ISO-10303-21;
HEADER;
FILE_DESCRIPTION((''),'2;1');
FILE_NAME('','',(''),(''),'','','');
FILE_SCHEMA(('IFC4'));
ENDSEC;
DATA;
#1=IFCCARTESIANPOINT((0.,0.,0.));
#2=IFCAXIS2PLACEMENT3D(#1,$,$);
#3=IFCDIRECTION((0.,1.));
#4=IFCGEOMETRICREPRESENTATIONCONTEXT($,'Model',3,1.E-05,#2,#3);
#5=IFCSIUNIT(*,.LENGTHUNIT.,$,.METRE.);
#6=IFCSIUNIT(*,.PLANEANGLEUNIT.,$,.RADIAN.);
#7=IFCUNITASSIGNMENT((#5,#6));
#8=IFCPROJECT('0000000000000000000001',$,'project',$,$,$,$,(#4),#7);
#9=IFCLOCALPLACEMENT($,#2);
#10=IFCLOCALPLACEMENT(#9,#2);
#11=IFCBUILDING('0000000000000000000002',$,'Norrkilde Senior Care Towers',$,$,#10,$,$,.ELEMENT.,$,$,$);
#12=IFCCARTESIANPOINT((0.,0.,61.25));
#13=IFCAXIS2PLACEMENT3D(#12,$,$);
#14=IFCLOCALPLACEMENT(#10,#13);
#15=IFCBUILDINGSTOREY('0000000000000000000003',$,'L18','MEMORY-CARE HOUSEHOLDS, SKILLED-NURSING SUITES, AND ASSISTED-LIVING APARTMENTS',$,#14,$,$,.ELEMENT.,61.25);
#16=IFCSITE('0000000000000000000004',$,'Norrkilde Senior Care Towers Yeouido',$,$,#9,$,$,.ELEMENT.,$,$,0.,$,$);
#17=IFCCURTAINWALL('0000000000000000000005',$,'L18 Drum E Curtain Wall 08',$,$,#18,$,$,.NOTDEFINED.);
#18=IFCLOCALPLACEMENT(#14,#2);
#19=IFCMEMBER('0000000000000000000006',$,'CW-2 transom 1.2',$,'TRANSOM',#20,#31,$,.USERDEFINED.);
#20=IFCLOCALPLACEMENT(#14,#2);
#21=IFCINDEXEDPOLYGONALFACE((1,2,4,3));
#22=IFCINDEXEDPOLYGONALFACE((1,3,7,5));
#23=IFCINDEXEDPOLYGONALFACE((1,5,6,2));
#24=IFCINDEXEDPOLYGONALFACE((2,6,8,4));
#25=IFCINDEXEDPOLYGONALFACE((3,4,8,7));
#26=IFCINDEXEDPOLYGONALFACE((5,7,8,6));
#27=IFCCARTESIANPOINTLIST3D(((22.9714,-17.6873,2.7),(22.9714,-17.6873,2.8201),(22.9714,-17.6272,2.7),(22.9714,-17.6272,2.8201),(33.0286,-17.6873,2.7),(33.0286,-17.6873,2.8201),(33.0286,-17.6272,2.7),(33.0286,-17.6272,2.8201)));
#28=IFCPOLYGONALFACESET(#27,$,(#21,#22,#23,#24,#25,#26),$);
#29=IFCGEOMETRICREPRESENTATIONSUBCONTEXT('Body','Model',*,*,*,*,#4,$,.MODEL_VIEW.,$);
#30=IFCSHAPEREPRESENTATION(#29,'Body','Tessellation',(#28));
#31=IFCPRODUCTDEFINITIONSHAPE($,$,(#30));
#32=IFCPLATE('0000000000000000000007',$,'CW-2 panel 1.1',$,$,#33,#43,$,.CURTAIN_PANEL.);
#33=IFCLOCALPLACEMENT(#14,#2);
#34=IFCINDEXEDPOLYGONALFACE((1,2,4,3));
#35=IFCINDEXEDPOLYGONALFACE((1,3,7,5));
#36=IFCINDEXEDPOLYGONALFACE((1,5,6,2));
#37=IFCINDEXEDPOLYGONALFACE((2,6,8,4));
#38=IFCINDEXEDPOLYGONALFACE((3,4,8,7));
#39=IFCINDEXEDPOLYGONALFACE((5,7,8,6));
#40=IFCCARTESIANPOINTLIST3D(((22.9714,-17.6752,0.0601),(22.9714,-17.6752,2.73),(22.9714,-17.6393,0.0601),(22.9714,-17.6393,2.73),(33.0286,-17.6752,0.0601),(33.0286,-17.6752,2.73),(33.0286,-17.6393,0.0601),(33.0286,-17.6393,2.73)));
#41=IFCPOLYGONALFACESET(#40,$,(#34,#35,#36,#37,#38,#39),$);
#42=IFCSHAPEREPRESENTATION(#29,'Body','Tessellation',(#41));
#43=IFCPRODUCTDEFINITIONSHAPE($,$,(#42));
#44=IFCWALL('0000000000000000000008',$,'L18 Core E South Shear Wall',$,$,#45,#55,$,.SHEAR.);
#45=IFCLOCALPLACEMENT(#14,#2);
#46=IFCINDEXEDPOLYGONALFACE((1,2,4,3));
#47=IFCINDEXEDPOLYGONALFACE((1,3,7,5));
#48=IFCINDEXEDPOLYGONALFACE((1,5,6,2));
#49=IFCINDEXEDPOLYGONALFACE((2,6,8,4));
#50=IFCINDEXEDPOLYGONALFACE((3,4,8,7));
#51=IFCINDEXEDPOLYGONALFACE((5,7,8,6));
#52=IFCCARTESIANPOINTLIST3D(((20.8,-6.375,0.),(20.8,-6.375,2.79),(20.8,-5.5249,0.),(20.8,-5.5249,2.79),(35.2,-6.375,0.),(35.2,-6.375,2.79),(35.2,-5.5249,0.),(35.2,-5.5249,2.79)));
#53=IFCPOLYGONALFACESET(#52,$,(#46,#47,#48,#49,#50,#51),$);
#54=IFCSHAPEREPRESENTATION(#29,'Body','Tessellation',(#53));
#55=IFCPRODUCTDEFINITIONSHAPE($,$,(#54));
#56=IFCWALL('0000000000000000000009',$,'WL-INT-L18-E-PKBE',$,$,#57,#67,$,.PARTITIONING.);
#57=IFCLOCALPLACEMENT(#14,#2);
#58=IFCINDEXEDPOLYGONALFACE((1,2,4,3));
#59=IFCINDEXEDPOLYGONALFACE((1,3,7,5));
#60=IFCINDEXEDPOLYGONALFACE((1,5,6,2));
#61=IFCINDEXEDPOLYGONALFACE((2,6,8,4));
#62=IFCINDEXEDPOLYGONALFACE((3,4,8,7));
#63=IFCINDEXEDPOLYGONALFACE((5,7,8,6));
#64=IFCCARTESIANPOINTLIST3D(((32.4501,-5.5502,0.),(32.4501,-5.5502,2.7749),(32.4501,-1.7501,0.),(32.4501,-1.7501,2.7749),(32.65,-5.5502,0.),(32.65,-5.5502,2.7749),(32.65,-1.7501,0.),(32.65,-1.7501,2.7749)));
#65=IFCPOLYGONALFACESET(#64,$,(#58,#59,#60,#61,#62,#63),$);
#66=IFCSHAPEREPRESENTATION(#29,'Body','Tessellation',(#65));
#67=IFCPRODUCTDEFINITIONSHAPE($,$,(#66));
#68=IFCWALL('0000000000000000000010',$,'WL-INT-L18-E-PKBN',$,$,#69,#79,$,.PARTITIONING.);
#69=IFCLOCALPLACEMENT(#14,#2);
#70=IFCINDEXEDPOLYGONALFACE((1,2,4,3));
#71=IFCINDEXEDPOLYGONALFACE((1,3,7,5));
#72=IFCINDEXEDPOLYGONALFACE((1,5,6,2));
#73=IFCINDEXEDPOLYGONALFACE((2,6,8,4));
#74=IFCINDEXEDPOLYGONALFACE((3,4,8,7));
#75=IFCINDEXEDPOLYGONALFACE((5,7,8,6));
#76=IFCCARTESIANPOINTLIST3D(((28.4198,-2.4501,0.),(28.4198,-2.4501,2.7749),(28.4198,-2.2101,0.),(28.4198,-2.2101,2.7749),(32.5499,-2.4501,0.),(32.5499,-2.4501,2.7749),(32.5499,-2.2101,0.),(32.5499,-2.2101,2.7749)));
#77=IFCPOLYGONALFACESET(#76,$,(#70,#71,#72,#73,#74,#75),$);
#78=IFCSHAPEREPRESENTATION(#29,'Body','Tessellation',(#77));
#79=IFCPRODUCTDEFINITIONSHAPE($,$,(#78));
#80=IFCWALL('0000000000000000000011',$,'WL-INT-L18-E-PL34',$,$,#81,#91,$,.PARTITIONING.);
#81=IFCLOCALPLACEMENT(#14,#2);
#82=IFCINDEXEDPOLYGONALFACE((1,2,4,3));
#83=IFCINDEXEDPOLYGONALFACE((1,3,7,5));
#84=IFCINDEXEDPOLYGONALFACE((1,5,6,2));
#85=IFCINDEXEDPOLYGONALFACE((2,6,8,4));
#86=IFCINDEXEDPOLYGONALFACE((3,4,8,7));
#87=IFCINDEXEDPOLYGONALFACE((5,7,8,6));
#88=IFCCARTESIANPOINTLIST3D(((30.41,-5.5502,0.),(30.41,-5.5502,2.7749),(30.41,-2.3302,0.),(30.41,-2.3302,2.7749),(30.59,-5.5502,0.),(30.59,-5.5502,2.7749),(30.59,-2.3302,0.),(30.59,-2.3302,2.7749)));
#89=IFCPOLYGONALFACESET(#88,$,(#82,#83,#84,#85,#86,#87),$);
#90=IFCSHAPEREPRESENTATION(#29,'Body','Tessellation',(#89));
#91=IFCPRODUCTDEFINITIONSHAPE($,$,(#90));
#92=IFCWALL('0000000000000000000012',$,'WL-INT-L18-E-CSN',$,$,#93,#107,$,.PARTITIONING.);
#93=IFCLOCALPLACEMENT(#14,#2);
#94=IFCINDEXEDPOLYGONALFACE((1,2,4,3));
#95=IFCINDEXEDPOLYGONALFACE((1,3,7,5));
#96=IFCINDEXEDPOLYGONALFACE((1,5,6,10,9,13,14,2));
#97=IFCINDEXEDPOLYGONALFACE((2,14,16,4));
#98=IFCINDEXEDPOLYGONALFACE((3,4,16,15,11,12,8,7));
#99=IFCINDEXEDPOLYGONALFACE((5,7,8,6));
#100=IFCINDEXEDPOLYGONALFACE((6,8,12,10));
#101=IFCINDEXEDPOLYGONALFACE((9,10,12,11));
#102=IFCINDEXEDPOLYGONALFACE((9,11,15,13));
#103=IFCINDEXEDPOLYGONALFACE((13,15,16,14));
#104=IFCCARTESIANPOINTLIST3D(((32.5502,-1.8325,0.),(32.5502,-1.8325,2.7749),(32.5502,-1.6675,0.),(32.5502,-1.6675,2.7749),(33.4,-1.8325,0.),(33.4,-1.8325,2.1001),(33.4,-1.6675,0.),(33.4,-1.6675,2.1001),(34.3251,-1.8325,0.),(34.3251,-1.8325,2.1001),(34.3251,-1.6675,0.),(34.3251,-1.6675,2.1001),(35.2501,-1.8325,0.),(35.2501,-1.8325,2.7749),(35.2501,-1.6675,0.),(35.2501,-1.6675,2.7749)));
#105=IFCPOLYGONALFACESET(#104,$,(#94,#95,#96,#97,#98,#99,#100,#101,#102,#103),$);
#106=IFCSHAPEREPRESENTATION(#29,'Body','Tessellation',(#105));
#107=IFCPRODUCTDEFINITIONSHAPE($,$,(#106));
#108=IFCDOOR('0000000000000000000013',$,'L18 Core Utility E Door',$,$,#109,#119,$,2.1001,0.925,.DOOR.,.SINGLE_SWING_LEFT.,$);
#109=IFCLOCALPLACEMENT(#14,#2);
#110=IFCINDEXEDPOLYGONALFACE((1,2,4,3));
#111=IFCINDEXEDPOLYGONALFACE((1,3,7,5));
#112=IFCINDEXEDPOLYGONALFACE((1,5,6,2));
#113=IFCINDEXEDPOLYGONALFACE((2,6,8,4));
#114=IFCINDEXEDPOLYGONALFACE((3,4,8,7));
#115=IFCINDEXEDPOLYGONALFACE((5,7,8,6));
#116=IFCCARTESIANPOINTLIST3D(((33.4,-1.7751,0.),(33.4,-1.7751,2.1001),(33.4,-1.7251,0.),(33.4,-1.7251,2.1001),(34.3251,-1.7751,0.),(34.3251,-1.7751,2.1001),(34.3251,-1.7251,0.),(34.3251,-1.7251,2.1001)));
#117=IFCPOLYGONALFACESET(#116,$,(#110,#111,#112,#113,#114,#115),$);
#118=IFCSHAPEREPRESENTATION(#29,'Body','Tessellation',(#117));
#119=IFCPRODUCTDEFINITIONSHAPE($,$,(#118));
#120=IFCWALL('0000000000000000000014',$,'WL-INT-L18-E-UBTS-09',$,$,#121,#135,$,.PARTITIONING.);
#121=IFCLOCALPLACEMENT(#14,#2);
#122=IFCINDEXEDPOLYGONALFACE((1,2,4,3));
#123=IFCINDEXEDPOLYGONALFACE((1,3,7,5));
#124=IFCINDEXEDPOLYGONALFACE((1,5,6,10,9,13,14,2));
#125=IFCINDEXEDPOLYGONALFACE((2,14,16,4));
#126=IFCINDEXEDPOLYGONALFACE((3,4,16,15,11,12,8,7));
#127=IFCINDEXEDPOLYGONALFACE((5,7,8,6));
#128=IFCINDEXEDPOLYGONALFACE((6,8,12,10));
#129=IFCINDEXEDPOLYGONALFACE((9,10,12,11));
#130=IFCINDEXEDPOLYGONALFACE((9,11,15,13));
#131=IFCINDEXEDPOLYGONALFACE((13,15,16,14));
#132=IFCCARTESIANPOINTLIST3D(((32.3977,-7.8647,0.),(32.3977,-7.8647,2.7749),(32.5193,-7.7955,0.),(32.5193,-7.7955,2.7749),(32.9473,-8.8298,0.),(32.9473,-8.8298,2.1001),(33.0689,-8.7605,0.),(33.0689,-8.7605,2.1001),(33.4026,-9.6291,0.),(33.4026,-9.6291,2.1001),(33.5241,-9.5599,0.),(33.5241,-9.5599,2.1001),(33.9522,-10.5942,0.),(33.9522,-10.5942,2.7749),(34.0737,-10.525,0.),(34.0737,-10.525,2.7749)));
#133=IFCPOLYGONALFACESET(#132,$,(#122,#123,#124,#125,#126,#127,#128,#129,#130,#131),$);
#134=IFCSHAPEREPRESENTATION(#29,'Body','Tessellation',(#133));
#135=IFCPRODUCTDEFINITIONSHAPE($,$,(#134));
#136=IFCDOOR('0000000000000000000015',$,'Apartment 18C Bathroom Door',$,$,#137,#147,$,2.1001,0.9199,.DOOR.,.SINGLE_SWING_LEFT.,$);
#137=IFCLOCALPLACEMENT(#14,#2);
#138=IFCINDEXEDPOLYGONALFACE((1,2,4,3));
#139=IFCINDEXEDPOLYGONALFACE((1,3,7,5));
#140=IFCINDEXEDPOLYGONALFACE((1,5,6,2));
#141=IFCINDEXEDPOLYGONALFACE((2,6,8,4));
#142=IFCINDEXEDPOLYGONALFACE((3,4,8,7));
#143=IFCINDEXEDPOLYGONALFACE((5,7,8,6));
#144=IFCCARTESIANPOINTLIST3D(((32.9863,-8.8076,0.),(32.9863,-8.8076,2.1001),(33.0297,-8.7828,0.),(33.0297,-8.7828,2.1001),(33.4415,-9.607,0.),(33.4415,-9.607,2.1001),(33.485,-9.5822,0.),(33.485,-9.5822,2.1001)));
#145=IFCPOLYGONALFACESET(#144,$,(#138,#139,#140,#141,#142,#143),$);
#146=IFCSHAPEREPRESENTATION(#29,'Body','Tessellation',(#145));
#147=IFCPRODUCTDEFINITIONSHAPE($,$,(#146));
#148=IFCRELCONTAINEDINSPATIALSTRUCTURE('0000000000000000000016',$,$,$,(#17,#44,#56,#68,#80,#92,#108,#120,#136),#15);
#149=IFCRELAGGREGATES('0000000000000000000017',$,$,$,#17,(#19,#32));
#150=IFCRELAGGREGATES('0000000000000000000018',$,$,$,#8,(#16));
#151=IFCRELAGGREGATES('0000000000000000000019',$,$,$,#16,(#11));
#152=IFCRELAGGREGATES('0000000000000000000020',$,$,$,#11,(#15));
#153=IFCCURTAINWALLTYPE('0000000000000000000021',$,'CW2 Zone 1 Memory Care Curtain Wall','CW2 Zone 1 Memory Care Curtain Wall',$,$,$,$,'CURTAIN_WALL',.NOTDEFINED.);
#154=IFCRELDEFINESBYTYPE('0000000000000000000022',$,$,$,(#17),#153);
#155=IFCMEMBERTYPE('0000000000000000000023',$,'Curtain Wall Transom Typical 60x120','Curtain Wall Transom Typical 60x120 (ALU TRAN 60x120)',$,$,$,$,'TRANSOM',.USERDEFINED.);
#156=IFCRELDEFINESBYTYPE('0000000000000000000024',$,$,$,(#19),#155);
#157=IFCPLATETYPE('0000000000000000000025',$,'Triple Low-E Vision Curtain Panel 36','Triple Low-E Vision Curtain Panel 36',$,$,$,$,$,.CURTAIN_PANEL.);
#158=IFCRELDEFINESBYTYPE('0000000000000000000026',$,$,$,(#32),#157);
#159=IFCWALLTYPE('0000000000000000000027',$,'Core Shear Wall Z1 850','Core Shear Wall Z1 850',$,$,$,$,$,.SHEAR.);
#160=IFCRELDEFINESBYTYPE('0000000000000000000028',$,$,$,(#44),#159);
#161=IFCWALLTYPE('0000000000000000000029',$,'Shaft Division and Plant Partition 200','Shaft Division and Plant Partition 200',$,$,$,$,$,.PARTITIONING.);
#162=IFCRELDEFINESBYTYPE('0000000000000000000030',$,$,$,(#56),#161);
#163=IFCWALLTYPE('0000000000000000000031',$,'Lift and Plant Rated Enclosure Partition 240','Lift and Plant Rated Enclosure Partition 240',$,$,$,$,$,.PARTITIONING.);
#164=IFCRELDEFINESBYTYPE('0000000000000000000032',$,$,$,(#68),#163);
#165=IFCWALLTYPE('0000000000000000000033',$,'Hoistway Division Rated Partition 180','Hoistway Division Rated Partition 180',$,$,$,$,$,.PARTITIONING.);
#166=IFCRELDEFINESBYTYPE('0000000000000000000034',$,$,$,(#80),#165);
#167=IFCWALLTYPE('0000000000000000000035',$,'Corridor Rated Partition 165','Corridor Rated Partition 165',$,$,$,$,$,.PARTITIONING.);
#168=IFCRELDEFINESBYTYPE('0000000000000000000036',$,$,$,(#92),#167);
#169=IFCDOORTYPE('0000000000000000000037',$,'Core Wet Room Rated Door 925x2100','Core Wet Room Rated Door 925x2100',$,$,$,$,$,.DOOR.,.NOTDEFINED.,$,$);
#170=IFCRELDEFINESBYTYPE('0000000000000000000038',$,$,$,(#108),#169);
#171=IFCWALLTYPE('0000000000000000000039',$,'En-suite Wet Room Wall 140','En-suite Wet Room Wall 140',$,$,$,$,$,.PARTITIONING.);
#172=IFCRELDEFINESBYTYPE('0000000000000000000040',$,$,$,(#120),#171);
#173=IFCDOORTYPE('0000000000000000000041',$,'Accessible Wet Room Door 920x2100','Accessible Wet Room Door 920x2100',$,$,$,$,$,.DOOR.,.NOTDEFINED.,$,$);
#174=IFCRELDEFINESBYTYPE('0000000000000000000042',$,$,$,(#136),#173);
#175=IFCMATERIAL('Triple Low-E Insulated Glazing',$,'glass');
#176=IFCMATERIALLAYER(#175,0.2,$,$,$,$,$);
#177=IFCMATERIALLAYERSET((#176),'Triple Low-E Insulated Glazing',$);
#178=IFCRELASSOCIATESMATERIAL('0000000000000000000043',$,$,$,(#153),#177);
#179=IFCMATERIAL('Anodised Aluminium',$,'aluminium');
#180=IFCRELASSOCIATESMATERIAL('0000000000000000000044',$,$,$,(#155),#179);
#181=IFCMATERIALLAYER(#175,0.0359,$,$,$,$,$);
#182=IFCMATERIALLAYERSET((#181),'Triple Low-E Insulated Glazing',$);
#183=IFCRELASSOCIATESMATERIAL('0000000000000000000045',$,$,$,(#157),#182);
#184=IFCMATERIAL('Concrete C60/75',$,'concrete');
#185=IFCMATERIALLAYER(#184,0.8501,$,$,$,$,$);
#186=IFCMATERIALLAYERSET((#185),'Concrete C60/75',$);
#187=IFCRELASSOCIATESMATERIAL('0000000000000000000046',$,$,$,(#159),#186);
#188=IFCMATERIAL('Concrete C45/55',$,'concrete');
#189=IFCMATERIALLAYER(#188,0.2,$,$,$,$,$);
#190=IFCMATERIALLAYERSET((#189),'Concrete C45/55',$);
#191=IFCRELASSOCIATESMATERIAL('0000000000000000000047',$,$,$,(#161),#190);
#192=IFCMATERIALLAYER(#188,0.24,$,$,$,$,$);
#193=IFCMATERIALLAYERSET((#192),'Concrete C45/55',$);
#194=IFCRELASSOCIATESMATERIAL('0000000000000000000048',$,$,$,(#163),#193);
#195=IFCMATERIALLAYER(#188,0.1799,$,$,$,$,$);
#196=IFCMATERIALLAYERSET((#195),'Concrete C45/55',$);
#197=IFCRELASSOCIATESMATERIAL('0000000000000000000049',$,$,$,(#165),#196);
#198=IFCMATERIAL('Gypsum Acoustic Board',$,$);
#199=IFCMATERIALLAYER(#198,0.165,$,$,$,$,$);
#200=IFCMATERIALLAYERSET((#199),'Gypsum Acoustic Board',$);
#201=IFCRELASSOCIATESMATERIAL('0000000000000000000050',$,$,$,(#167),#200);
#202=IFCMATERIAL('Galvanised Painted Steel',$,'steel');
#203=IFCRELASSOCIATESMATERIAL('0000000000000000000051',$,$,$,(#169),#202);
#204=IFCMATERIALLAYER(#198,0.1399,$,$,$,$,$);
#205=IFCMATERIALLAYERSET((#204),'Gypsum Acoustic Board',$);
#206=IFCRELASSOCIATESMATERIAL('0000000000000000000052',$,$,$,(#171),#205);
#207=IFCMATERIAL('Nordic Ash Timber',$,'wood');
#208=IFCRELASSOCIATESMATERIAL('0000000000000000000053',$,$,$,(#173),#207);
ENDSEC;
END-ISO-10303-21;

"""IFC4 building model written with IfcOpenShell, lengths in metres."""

from ifc_helpers import new_model, si_unit, direction, frame, frame_2d, origin, origin_2d, place, context, subcontext, project, spatial, rectangle, extrude, source, transform, mapped, material, layer, layer_set, material_profile, profile_set, type_object, type_shapes, element, fill, aggregate, save


model = new_model("IFC4")

# Units and contexts
model_context = context("Model", 3, precision=1e-05, world=origin(), true_north=direction((0.0, 1.0)))
body_context = subcontext(model_context, "Body", "Model", "MODEL_VIEW")
ifc_project = project(units=[si_unit("LENGTHUNIT", "METRE"), si_unit("PLANEANGLEUNIT", "RADIAN")], contexts=[model_context])

# Site, building, storey
site_placement = place(None, origin())
site = spatial("IfcSite", under=ifc_project, at=site_placement, Name="Norrkilde Senior Care Towers Yeouido", CompositionType="ELEMENT", RefElevation=0.0)
building_placement = place(site_placement, origin())
building = spatial("IfcBuilding", under=site, at=building_placement, Name="Norrkilde Senior Care Towers", CompositionType="ELEMENT")
storey_placement = place(building_placement, frame((0.0, 0.0, 61.25)))
storey = spatial("IfcBuildingStorey", under=building, at=storey_placement, Name="L18", Description="MEMORY-CARE HOUSEHOLDS, SKILLED-NURSING SUITES, AND ASSISTED-LIVING APARTMENTS", CompositionType="ELEMENT", Elevation=61.25)

# Shared definitions
ifc_material_1 = material(Name="Concrete C60/75", Category="concrete")

# Curtain wall
ifc_material_2 = material(Name="Triple Low-E Insulated Glazing", Category="glass")
ifc_layer_1 = layer(ifc_material_2, 0.2)
ifc_layer_set_1 = layer_set([ifc_layer_1], Name="Triple Low-E Insulated Glazing")
curtain_wall_type = type_object("IfcCurtainWallType", Name="CW2 Zone 1 Memory Care Curtain Wall", Description="CW2 Zone 1 Memory Care Curtain Wall", ElementType="CURTAIN_WALL", PredefinedType="NOTDEFINED", material=ifc_layer_set_1)
curtain_wall_1_placement = place(storey_placement, origin())
curtain_wall_1 = element("IfcCurtainWall", 1, at=curtain_wall_1_placement, inside=storey, type_object=curtain_wall_type, Name="L18 Drum E Curtain Wall 08", PredefinedType="NOTDEFINED")
ifc_material_3 = material(Name="Anodised Aluminium", Category="aluminium")

# Member
ifc_material_profile_1 = material_profile(ifc_material_3, rectangle(XDim=0.0601, YDim=0.1201, at=origin_2d()), Name="ALU TRAN 60x120")
ifc_profile_set_1 = profile_set([ifc_material_profile_1], Name="Anodised Aluminium")
member_type_1 = type_object("IfcMemberType", Name="Curtain Wall Transom Typical 60x120", Description="Curtain Wall Transom Typical 60x120 (ALU TRAN 60x120)", ElementType="TRANSOM", PredefinedType="USERDEFINED", material=ifc_profile_set_1)
shared_shape_1 = source(origin(), body_context, "Body", "SweptSolid", [
    extrude(rectangle(XDim=0.0601, YDim=0.1201, at=origin_2d()), origin(), (0.0, 0.0, 1.0), 10.0571),
])
type_shapes(member_type_1, [shared_shape_1])
member_1_placement = place(storey_placement, frame((33.0286, -17.6572, 2.76), z_axis=(-1.0, 0.0, 0.0), x_axis=(0.0, -1.0, 0.0)))
member_1 = element("IfcMember", 2, at=member_1_placement, type_object=member_type_1, Name="CW-2 transom 1.2", ObjectType="TRANSOM", PredefinedType="USERDEFINED", context=body_context, shape_type="MappedRepresentation", body=[
    mapped(shared_shape_1, transform((0.0, 0.0, 0.0), x_axis=(1.0, 0.0, 0.0), y_axis=(0.0, 1.0, 0.0), z_axis=(0.0, 0.0, 1.0), scale=1.0)),
])

# Plate
ifc_layer_2 = layer(ifc_material_2, 0.0359)
ifc_layer_set_2 = layer_set([ifc_layer_2], Name="Triple Low-E Insulated Glazing")
plate_type = type_object("IfcPlateType", Name="Triple Low-E Vision Curtain Panel 36", Description="Triple Low-E Vision Curtain Panel 36", PredefinedType="CURTAIN_PANEL", material=ifc_layer_set_2)
shared_shape_2 = source(origin(), body_context, "Body", "SweptSolid", [
    extrude(rectangle(XDim=10.0571, YDim=0.0359, at=origin_2d()), origin(), (0.0, 0.0, 1.0), 2.6699),
])
type_shapes(plate_type, [shared_shape_2])
plate_placement = place(storey_placement, frame((28.0, -17.6572, 0.0601), z_axis=(0.0, 0.0, 1.0), x_axis=(-1.0, 0.0, 0.0)))
plate = element("IfcPlate", 3, at=plate_placement, type_object=plate_type, Name="CW-2 panel 1.1", PredefinedType="CURTAIN_PANEL", context=body_context, shape_type="MappedRepresentation", body=[
    mapped(shared_shape_2, transform((0.0, 0.0, 0.0), x_axis=(1.0, 0.0, 0.0), y_axis=(0.0, 1.0, 0.0), z_axis=(0.0, 0.0, 1.0), scale=1.0)),
])
aggregate(curtain_wall_1, [member_1, plate])

# Walls
ifc_layer_3 = layer(ifc_material_1, 0.8501)
ifc_layer_set_3 = layer_set([ifc_layer_3], Name="Concrete C60/75")
wall_type_1 = type_object("IfcWallType", Name="Core Shear Wall Z1 850", Description="Core Shear Wall Z1 850", PredefinedType="SHEAR", material=ifc_layer_set_3)
shared_shape_3 = source(origin(), body_context, "Body", "SweptSolid", [
    extrude(rectangle(XDim=14.3999, YDim=0.8501, at=frame_2d((7.2, 0.0))), origin(), (0.0, 0.0, 1.0), 2.79),
])
type_shapes(wall_type_1, [shared_shape_3])
wall_1_placement = place(storey_placement, frame((35.2, -5.95, 0.0), z_axis=(0.0, 0.0, 1.0), x_axis=(-1.0, 0.0, 0.0)))
element("IfcWall", 4, at=wall_1_placement, inside=storey, type_object=wall_type_1, Name="L18 Core E South Shear Wall", PredefinedType="SHEAR", context=body_context, shape_type="MappedRepresentation", body=[
    mapped(shared_shape_3, transform((0.0, 0.0, 0.0), x_axis=(1.0, 0.0, 0.0), y_axis=(0.0, 1.0, 0.0), z_axis=(0.0, 0.0, 1.0), scale=1.0)),
])
ifc_material_4 = material(Name="Concrete C45/55", Category="concrete")
ifc_layer_4 = layer(ifc_material_4, 0.2)
ifc_layer_set_4 = layer_set([ifc_layer_4], Name="Concrete C45/55")
wall_type_2 = type_object("IfcWallType", Name="Shaft Division and Plant Partition 200", Description="Shaft Division and Plant Partition 200", PredefinedType="PARTITIONING", material=ifc_layer_set_4)
shared_shape_4 = source(origin(), body_context, "Body", "SweptSolid", [
    extrude(rectangle(XDim=3.8, YDim=0.2, at=frame_2d((1.8999, 0.0))), origin(), (0.0, 0.0, 1.0), 2.7749),
])
type_shapes(wall_type_2, [shared_shape_4])
wall_2_placement = place(storey_placement, frame((32.55, -5.55, 0.0), z_axis=(0.0, 0.0, 1.0), x_axis=(0.0, 1.0, 0.0)))
element("IfcWall", 5, at=wall_2_placement, inside=storey, type_object=wall_type_2, Name="WL-INT-L18-E-PKBE", PredefinedType="PARTITIONING", context=body_context, shape_type="MappedRepresentation", body=[
    mapped(shared_shape_4, transform((0.0, 0.0, 0.0), x_axis=(1.0, 0.0, 0.0), y_axis=(0.0, 1.0, 0.0), z_axis=(0.0, 0.0, 1.0), scale=1.0)),
])
ifc_layer_5 = layer(ifc_material_4, 0.24)
ifc_layer_set_5 = layer_set([ifc_layer_5], Name="Concrete C45/55")
wall_type_3 = type_object("IfcWallType", Name="Lift and Plant Rated Enclosure Partition 240", Description="Lift and Plant Rated Enclosure Partition 240", PredefinedType="PARTITIONING", material=ifc_layer_set_5)
shared_shape_5 = source(origin(), body_context, "Body", "SweptSolid", [
    extrude(rectangle(XDim=4.1301, YDim=0.24, at=frame_2d((2.0649, 0.0))), origin(), (0.0, 0.0, 1.0), 2.7749),
])
type_shapes(wall_type_3, [shared_shape_5])
wall_3_placement = place(storey_placement, frame((28.4199, -2.3301, 0.0), z_axis=(0.0, 0.0, 1.0), x_axis=(1.0, 0.0, 0.0)))
element("IfcWall", 6, at=wall_3_placement, inside=storey, type_object=wall_type_3, Name="WL-INT-L18-E-PKBN", PredefinedType="PARTITIONING", context=body_context, shape_type="MappedRepresentation", body=[
    mapped(shared_shape_5, transform((0.0, 0.0, 0.0), x_axis=(1.0, 0.0, 0.0), y_axis=(0.0, 1.0, 0.0), z_axis=(0.0, 0.0, 1.0), scale=1.0)),
])
ifc_layer_6 = layer(ifc_material_4, 0.1799)
ifc_layer_set_6 = layer_set([ifc_layer_6], Name="Concrete C45/55")
wall_type_4 = type_object("IfcWallType", Name="Hoistway Division Rated Partition 180", Description="Hoistway Division Rated Partition 180", PredefinedType="PARTITIONING", material=ifc_layer_set_6)
shared_shape_6 = source(origin(), body_context, "Body", "SweptSolid", [
    extrude(rectangle(XDim=3.22, YDim=0.1799, at=frame_2d((1.6099, 0.0))), origin(), (0.0, 0.0, 1.0), 2.7749),
])
type_shapes(wall_type_4, [shared_shape_6])
wall_4_placement = place(storey_placement, frame((30.5, -5.55, 0.0), z_axis=(0.0, 0.0, 1.0), x_axis=(0.0, 1.0, 0.0)))
element("IfcWall", 7, at=wall_4_placement, inside=storey, type_object=wall_type_4, Name="WL-INT-L18-E-PL34", PredefinedType="PARTITIONING", context=body_context, shape_type="MappedRepresentation", body=[
    mapped(shared_shape_6, transform((0.0, 0.0, 0.0), x_axis=(1.0, 0.0, 0.0), y_axis=(0.0, 1.0, 0.0), z_axis=(0.0, 0.0, 1.0), scale=1.0)),
])

# Walls, openings, doors
ifc_material_5 = material(Name="Gypsum Acoustic Board")
ifc_layer_7 = layer(ifc_material_5, 0.165)
ifc_layer_set_7 = layer_set([ifc_layer_7], Name="Gypsum Acoustic Board")
wall_type_5 = type_object("IfcWallType", Name="Corridor Rated Partition 165", Description="Corridor Rated Partition 165", PredefinedType="PARTITIONING", material=ifc_layer_set_7)
shared_shape_7 = source(origin(), body_context, "Body", "SweptSolid", [
    extrude(rectangle(XDim=2.7, YDim=0.165, at=frame_2d((1.3501, 0.0))), origin(), (0.0, 0.0, 1.0), 2.7749),
])
type_shapes(wall_type_5, [shared_shape_7])
wall_5_placement = place(storey_placement, frame((32.55, -1.75, 0.0), z_axis=(0.0, 0.0, 1.0), x_axis=(1.0, 0.0, 0.0)))
wall_5 = element("IfcWall", 8, at=wall_5_placement, inside=storey, type_object=wall_type_5, Name="WL-INT-L18-E-CSN", PredefinedType="PARTITIONING", context=body_context, shape_type="MappedRepresentation", body=[
    mapped(shared_shape_7, transform((0.0, 0.0, 0.0), x_axis=(1.0, 0.0, 0.0), y_axis=(0.0, 1.0, 0.0), z_axis=(0.0, 0.0, 1.0), scale=1.0)),
])
opening_1_placement = place(wall_5_placement, frame((0.8501, 0.0, 0.0)))
opening_1 = element("IfcOpeningElement", 9, at=opening_1_placement, cuts=wall_5, PredefinedType="OPENING", context=body_context, shape_type="SweptSolid", body=[
    extrude(rectangle(XDim=0.925, YDim=2.1001, at=frame_2d((0.4624, 1.05))), frame((0.0, 0.0925, 0.0), z_axis=(0.0, -1.0, 0.0), x_axis=(1.0, 0.0, 0.0)), (0.0, 0.0, 1.0), 0.1851),
])
ifc_material_6 = material(Name="Galvanised Painted Steel", Category="steel")
door_type_1 = type_object("IfcDoorType", Name="Core Wet Room Rated Door 925x2100", Description="Core Wet Room Rated Door 925x2100", OperationType="NOTDEFINED", PredefinedType="DOOR", material=ifc_material_6)
shared_shape_8 = source(origin(), body_context, "Body", "SweptSolid", [
    extrude(rectangle(XDim=0.925, YDim=2.1001, at=frame_2d((0.4624, 1.05))), frame((0.0, 0.0249, 0.0), z_axis=(0.0, -1.0, 0.0), x_axis=(1.0, 0.0, 0.0)), (0.0, 0.0, 1.0), 0.05),
])
type_shapes(door_type_1, [shared_shape_8])
door_1_placement = place(opening_1_placement, origin())
door_1 = element("IfcDoor", 10, at=door_1_placement, inside=storey, type_object=door_type_1, Name="L18 Core Utility E Door", OperationType="SINGLE_SWING_LEFT", OverallHeight=2.1001, OverallWidth=0.925, PredefinedType="DOOR", context=body_context, shape_type="MappedRepresentation", body=[
    mapped(shared_shape_8, transform((0.0, 0.0, 0.0), x_axis=(1.0, 0.0, 0.0), y_axis=(0.0, 1.0, 0.0), z_axis=(0.0, 0.0, 1.0), scale=1.0)),
])
fill(opening_1, door_1)
ifc_layer_8 = layer(ifc_material_5, 0.1399)
ifc_layer_set_8 = layer_set([ifc_layer_8], Name="Gypsum Acoustic Board")
wall_type_6 = type_object("IfcWallType", Name="En-suite Wet Room Wall 140", Description="En-suite Wet Room Wall 140", PredefinedType="PARTITIONING", material=ifc_layer_set_8)
shared_shape_9 = source(origin(), body_context, "Body", "SweptSolid", [
    extrude(rectangle(XDim=3.1411, YDim=0.1399, at=frame_2d((1.5706, 0.0))), origin(), (0.0, 0.0, 1.0), 2.7749),
])
wall_6_placement = place(storey_placement, frame((32.4585, -7.8301, 0.0), z_axis=(0.0, 0.0, 1.0), x_axis=(0.494874, -0.868964, 0.0)))
wall_6 = element("IfcWall", 11, at=wall_6_placement, inside=storey, type_object=wall_type_6, Name="WL-INT-L18-E-UBTS-09", PredefinedType="PARTITIONING", context=body_context, shape_type="MappedRepresentation", body=[
    mapped(shared_shape_9, transform((0.0, 0.0, 0.0), x_axis=(1.0, 0.0, 0.0), y_axis=(0.0, 1.0, 0.0), z_axis=(0.0, 0.0, 1.0), scale=1.0)),
])
opening_2_placement = place(wall_6_placement, frame((1.1106, 0.0, 0.0)))
opening_2 = element("IfcOpeningElement", 12, at=opening_2_placement, cuts=wall_6, PredefinedType="OPENING", context=body_context, shape_type="SweptSolid", body=[
    extrude(rectangle(XDim=0.9199, YDim=2.1001, at=frame_2d((0.46, 1.05))), frame((0.0, 0.0798, 0.0), z_axis=(0.0, -1.0, 0.0), x_axis=(1.0, 0.0, 0.0)), (0.0, 0.0, 1.0), 0.1599),
])
ifc_material_7 = material(Name="Nordic Ash Timber", Category="wood")
door_type_2 = type_object("IfcDoorType", Name="Accessible Wet Room Door 920x2100", Description="Accessible Wet Room Door 920x2100", OperationType="NOTDEFINED", PredefinedType="DOOR", material=ifc_material_7)
shared_shape_10 = source(origin(), body_context, "Body", "SweptSolid", [
    extrude(rectangle(XDim=0.9199, YDim=2.1001, at=frame_2d((0.46, 1.05))), frame((0.0, 0.0249, 0.0), z_axis=(0.0, -1.0, 0.0), x_axis=(1.0, 0.0, 0.0)), (0.0, 0.0, 1.0), 0.05),
])
type_shapes(door_type_2, [shared_shape_10])
door_2_placement = place(opening_2_placement, origin())
door_2 = element("IfcDoor", 13, at=door_2_placement, inside=storey, type_object=door_type_2, Name="Apartment 18C Bathroom Door", OperationType="SINGLE_SWING_LEFT", OverallHeight=2.1001, OverallWidth=0.9199, PredefinedType="DOOR", context=body_context, shape_type="MappedRepresentation", body=[
    mapped(shared_shape_10, transform((0.0, 0.0, 0.0), x_axis=(1.0, 0.0, 0.0), y_axis=(0.0, 1.0, 0.0), z_axis=(0.0, 0.0, 1.0), scale=1.0)),
])
fill(opening_2, door_2)

save(model, "model.ifc")
